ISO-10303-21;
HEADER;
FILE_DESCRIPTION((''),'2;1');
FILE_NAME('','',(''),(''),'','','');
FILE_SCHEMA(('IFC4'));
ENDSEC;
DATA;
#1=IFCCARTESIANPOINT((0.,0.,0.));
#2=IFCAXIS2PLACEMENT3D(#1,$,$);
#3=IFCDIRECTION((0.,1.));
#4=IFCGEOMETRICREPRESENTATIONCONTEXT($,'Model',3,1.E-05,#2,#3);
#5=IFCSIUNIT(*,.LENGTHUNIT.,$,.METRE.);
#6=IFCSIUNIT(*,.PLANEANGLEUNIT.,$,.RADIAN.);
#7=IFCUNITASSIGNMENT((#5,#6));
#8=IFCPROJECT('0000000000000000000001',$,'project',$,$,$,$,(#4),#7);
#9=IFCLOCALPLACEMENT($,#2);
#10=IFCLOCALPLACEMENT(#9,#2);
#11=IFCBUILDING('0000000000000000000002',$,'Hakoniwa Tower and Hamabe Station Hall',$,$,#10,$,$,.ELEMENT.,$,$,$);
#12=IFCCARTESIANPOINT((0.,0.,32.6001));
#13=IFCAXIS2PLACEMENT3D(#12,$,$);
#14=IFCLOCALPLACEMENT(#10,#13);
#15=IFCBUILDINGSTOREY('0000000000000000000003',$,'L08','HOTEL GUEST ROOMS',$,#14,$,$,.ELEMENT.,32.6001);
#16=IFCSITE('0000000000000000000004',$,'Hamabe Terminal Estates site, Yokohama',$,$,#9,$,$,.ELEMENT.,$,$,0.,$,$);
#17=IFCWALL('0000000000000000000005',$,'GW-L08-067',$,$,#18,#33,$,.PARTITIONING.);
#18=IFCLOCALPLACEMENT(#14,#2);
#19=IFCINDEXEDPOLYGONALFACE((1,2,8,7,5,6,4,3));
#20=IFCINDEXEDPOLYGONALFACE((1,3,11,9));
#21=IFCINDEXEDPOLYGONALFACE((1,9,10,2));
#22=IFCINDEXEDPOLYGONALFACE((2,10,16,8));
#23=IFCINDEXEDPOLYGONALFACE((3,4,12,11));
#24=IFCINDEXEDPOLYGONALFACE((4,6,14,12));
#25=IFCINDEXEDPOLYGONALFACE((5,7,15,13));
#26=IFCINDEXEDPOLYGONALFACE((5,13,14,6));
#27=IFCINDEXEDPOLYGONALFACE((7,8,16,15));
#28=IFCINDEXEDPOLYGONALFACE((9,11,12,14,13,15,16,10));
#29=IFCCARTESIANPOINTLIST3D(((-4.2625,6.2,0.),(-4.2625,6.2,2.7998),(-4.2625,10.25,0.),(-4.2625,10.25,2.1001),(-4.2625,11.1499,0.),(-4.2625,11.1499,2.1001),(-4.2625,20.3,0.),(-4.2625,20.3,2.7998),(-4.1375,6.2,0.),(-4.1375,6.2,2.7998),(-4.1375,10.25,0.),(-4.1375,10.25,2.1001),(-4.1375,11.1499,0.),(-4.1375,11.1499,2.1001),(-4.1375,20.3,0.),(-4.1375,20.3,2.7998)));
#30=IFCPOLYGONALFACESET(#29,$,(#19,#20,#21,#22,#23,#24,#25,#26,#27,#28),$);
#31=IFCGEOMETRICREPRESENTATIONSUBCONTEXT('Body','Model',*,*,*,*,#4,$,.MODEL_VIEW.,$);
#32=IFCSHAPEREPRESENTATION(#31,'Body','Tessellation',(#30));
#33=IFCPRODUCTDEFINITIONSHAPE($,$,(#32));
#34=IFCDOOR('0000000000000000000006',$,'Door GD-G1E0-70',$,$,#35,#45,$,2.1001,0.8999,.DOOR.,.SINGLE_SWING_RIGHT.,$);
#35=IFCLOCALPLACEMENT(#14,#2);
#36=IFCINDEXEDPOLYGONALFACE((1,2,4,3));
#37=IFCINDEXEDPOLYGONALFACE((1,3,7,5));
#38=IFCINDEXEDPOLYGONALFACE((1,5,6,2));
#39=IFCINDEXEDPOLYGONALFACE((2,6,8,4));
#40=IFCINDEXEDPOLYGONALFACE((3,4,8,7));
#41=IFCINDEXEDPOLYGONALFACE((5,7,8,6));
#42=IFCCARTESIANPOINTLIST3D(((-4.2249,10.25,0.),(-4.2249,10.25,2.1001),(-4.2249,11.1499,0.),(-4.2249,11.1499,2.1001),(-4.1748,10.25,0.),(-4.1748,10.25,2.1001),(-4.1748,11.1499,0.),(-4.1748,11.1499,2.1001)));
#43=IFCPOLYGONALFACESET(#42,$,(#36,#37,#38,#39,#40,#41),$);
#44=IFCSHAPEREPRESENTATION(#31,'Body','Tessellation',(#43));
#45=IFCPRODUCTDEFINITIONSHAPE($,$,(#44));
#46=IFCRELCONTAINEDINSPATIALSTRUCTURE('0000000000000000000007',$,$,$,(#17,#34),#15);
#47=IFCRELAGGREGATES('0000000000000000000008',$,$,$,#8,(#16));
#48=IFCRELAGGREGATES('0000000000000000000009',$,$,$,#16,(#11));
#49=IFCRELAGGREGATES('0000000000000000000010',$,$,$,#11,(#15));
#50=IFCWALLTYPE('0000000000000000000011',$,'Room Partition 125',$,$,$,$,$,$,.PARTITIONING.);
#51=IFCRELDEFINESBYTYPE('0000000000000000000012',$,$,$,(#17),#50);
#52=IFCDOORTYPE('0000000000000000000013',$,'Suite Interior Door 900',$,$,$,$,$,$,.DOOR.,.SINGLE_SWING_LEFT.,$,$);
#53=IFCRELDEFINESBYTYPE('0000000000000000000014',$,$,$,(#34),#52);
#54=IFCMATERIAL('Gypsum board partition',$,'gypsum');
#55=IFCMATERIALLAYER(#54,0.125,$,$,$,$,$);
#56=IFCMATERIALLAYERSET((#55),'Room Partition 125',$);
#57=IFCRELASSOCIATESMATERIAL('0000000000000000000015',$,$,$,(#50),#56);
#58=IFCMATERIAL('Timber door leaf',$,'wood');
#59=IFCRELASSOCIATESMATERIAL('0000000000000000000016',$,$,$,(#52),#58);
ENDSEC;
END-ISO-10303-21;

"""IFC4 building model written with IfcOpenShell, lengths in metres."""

from ifc_helpers import new_model, si_unit, direction, frame, frame_2d, origin, place, context, subcontext, project, spatial, rectangle, extrude, material, layer, layer_set, type_object, element, fill, save


model = new_model("IFC4")

# Units and contexts
model_context = context("Model", 3, precision=1e-05, world=origin(), true_north=direction((0.0, 1.0)))
body_context = subcontext(model_context, "Body", "Model", "MODEL_VIEW")
ifc_project = project(units=[si_unit("LENGTHUNIT", "METRE"), si_unit("PLANEANGLEUNIT", "RADIAN")], contexts=[model_context])

# Site, building, storey
site_placement = place(None, origin())
site = spatial("IfcSite", under=ifc_project, at=site_placement, Name="Hamabe Terminal Estates site, Yokohama", CompositionType="ELEMENT", RefElevation=0.0)
building_placement = place(site_placement, origin())
building = spatial("IfcBuilding", under=site, at=building_placement, Name="Hakoniwa Tower and Hamabe Station Hall", CompositionType="ELEMENT")
storey_placement = place(building_placement, frame((0.0, 0.0, 32.6001)))
storey = spatial("IfcBuildingStorey", under=building, at=storey_placement, Name="L08", Description="HOTEL GUEST ROOMS", CompositionType="ELEMENT", Elevation=32.6001)

# Wall, opening, door
ifc_material_1 = material(Name="Gypsum board partition", Category="gypsum")
ifc_layer_1 = layer(ifc_material_1, 0.125)
ifc_layer_set_1 = layer_set([ifc_layer_1], Name="Room Partition 125")
wall_type_1 = type_object("IfcWallType", Name="Room Partition 125", PredefinedType="PARTITIONING", material=ifc_layer_set_1)
wall_1_placement = place(storey_placement, frame((-4.2, 6.2, 0.0), z_axis=(0.0, 0.0, 1.0), x_axis=(0.0, 1.0, 0.0)))
wall_1 = element("IfcWall", 1, at=wall_1_placement, inside=storey, type_object=wall_type_1, Name="GW-L08-067", PredefinedType="PARTITIONING", context=body_context, shape_type="SweptSolid", body=[
    extrude(rectangle(XDim=14.1001, YDim=0.125, at=frame_2d((7.05, 0.0))), origin(), (0.0, 0.0, 1.0), 2.7998),
])
opening_1_placement = place(wall_1_placement, frame((4.05, 0.0, 0.0)))
opening_1 = element("IfcOpeningElement", 2, at=opening_1_placement, cuts=wall_1, PredefinedType="OPENING", context=body_context, shape_type="SweptSolid", body=[
    extrude(rectangle(XDim=0.8999, YDim=2.1001, at=frame_2d((0.45, 1.05))), frame((0.0, 0.0725, 0.0), z_axis=(0.0, -1.0, 0.0), x_axis=(1.0, 0.0, 0.0)), (0.0, 0.0, 1.0), 0.145),
])
ifc_material_2 = material(Name="Timber door leaf", Category="wood")
door_type_1 = type_object("IfcDoorType", Name="Suite Interior Door 900", OperationType="SINGLE_SWING_LEFT", PredefinedType="DOOR", material=ifc_material_2)
door_1_placement = place(opening_1_placement, origin())
door_1 = element("IfcDoor", 3, at=door_1_placement, inside=storey, type_object=door_type_1, Name="Door GD-G1E0-70", OperationType="SINGLE_SWING_RIGHT", OverallHeight=2.1001, OverallWidth=0.8999, PredefinedType="DOOR", context=body_context, shape_type="SweptSolid", body=[
    extrude(rectangle(XDim=0.8999, YDim=2.1001, at=frame_2d((0.45, 1.05))), frame((0.0, 0.0249, 0.0), z_axis=(0.0, -1.0, 0.0), x_axis=(1.0, 0.0, 0.0)), (0.0, 0.0, 1.0), 0.05),
])
fill(opening_1, door_1)

save(model, "model.ifc")
